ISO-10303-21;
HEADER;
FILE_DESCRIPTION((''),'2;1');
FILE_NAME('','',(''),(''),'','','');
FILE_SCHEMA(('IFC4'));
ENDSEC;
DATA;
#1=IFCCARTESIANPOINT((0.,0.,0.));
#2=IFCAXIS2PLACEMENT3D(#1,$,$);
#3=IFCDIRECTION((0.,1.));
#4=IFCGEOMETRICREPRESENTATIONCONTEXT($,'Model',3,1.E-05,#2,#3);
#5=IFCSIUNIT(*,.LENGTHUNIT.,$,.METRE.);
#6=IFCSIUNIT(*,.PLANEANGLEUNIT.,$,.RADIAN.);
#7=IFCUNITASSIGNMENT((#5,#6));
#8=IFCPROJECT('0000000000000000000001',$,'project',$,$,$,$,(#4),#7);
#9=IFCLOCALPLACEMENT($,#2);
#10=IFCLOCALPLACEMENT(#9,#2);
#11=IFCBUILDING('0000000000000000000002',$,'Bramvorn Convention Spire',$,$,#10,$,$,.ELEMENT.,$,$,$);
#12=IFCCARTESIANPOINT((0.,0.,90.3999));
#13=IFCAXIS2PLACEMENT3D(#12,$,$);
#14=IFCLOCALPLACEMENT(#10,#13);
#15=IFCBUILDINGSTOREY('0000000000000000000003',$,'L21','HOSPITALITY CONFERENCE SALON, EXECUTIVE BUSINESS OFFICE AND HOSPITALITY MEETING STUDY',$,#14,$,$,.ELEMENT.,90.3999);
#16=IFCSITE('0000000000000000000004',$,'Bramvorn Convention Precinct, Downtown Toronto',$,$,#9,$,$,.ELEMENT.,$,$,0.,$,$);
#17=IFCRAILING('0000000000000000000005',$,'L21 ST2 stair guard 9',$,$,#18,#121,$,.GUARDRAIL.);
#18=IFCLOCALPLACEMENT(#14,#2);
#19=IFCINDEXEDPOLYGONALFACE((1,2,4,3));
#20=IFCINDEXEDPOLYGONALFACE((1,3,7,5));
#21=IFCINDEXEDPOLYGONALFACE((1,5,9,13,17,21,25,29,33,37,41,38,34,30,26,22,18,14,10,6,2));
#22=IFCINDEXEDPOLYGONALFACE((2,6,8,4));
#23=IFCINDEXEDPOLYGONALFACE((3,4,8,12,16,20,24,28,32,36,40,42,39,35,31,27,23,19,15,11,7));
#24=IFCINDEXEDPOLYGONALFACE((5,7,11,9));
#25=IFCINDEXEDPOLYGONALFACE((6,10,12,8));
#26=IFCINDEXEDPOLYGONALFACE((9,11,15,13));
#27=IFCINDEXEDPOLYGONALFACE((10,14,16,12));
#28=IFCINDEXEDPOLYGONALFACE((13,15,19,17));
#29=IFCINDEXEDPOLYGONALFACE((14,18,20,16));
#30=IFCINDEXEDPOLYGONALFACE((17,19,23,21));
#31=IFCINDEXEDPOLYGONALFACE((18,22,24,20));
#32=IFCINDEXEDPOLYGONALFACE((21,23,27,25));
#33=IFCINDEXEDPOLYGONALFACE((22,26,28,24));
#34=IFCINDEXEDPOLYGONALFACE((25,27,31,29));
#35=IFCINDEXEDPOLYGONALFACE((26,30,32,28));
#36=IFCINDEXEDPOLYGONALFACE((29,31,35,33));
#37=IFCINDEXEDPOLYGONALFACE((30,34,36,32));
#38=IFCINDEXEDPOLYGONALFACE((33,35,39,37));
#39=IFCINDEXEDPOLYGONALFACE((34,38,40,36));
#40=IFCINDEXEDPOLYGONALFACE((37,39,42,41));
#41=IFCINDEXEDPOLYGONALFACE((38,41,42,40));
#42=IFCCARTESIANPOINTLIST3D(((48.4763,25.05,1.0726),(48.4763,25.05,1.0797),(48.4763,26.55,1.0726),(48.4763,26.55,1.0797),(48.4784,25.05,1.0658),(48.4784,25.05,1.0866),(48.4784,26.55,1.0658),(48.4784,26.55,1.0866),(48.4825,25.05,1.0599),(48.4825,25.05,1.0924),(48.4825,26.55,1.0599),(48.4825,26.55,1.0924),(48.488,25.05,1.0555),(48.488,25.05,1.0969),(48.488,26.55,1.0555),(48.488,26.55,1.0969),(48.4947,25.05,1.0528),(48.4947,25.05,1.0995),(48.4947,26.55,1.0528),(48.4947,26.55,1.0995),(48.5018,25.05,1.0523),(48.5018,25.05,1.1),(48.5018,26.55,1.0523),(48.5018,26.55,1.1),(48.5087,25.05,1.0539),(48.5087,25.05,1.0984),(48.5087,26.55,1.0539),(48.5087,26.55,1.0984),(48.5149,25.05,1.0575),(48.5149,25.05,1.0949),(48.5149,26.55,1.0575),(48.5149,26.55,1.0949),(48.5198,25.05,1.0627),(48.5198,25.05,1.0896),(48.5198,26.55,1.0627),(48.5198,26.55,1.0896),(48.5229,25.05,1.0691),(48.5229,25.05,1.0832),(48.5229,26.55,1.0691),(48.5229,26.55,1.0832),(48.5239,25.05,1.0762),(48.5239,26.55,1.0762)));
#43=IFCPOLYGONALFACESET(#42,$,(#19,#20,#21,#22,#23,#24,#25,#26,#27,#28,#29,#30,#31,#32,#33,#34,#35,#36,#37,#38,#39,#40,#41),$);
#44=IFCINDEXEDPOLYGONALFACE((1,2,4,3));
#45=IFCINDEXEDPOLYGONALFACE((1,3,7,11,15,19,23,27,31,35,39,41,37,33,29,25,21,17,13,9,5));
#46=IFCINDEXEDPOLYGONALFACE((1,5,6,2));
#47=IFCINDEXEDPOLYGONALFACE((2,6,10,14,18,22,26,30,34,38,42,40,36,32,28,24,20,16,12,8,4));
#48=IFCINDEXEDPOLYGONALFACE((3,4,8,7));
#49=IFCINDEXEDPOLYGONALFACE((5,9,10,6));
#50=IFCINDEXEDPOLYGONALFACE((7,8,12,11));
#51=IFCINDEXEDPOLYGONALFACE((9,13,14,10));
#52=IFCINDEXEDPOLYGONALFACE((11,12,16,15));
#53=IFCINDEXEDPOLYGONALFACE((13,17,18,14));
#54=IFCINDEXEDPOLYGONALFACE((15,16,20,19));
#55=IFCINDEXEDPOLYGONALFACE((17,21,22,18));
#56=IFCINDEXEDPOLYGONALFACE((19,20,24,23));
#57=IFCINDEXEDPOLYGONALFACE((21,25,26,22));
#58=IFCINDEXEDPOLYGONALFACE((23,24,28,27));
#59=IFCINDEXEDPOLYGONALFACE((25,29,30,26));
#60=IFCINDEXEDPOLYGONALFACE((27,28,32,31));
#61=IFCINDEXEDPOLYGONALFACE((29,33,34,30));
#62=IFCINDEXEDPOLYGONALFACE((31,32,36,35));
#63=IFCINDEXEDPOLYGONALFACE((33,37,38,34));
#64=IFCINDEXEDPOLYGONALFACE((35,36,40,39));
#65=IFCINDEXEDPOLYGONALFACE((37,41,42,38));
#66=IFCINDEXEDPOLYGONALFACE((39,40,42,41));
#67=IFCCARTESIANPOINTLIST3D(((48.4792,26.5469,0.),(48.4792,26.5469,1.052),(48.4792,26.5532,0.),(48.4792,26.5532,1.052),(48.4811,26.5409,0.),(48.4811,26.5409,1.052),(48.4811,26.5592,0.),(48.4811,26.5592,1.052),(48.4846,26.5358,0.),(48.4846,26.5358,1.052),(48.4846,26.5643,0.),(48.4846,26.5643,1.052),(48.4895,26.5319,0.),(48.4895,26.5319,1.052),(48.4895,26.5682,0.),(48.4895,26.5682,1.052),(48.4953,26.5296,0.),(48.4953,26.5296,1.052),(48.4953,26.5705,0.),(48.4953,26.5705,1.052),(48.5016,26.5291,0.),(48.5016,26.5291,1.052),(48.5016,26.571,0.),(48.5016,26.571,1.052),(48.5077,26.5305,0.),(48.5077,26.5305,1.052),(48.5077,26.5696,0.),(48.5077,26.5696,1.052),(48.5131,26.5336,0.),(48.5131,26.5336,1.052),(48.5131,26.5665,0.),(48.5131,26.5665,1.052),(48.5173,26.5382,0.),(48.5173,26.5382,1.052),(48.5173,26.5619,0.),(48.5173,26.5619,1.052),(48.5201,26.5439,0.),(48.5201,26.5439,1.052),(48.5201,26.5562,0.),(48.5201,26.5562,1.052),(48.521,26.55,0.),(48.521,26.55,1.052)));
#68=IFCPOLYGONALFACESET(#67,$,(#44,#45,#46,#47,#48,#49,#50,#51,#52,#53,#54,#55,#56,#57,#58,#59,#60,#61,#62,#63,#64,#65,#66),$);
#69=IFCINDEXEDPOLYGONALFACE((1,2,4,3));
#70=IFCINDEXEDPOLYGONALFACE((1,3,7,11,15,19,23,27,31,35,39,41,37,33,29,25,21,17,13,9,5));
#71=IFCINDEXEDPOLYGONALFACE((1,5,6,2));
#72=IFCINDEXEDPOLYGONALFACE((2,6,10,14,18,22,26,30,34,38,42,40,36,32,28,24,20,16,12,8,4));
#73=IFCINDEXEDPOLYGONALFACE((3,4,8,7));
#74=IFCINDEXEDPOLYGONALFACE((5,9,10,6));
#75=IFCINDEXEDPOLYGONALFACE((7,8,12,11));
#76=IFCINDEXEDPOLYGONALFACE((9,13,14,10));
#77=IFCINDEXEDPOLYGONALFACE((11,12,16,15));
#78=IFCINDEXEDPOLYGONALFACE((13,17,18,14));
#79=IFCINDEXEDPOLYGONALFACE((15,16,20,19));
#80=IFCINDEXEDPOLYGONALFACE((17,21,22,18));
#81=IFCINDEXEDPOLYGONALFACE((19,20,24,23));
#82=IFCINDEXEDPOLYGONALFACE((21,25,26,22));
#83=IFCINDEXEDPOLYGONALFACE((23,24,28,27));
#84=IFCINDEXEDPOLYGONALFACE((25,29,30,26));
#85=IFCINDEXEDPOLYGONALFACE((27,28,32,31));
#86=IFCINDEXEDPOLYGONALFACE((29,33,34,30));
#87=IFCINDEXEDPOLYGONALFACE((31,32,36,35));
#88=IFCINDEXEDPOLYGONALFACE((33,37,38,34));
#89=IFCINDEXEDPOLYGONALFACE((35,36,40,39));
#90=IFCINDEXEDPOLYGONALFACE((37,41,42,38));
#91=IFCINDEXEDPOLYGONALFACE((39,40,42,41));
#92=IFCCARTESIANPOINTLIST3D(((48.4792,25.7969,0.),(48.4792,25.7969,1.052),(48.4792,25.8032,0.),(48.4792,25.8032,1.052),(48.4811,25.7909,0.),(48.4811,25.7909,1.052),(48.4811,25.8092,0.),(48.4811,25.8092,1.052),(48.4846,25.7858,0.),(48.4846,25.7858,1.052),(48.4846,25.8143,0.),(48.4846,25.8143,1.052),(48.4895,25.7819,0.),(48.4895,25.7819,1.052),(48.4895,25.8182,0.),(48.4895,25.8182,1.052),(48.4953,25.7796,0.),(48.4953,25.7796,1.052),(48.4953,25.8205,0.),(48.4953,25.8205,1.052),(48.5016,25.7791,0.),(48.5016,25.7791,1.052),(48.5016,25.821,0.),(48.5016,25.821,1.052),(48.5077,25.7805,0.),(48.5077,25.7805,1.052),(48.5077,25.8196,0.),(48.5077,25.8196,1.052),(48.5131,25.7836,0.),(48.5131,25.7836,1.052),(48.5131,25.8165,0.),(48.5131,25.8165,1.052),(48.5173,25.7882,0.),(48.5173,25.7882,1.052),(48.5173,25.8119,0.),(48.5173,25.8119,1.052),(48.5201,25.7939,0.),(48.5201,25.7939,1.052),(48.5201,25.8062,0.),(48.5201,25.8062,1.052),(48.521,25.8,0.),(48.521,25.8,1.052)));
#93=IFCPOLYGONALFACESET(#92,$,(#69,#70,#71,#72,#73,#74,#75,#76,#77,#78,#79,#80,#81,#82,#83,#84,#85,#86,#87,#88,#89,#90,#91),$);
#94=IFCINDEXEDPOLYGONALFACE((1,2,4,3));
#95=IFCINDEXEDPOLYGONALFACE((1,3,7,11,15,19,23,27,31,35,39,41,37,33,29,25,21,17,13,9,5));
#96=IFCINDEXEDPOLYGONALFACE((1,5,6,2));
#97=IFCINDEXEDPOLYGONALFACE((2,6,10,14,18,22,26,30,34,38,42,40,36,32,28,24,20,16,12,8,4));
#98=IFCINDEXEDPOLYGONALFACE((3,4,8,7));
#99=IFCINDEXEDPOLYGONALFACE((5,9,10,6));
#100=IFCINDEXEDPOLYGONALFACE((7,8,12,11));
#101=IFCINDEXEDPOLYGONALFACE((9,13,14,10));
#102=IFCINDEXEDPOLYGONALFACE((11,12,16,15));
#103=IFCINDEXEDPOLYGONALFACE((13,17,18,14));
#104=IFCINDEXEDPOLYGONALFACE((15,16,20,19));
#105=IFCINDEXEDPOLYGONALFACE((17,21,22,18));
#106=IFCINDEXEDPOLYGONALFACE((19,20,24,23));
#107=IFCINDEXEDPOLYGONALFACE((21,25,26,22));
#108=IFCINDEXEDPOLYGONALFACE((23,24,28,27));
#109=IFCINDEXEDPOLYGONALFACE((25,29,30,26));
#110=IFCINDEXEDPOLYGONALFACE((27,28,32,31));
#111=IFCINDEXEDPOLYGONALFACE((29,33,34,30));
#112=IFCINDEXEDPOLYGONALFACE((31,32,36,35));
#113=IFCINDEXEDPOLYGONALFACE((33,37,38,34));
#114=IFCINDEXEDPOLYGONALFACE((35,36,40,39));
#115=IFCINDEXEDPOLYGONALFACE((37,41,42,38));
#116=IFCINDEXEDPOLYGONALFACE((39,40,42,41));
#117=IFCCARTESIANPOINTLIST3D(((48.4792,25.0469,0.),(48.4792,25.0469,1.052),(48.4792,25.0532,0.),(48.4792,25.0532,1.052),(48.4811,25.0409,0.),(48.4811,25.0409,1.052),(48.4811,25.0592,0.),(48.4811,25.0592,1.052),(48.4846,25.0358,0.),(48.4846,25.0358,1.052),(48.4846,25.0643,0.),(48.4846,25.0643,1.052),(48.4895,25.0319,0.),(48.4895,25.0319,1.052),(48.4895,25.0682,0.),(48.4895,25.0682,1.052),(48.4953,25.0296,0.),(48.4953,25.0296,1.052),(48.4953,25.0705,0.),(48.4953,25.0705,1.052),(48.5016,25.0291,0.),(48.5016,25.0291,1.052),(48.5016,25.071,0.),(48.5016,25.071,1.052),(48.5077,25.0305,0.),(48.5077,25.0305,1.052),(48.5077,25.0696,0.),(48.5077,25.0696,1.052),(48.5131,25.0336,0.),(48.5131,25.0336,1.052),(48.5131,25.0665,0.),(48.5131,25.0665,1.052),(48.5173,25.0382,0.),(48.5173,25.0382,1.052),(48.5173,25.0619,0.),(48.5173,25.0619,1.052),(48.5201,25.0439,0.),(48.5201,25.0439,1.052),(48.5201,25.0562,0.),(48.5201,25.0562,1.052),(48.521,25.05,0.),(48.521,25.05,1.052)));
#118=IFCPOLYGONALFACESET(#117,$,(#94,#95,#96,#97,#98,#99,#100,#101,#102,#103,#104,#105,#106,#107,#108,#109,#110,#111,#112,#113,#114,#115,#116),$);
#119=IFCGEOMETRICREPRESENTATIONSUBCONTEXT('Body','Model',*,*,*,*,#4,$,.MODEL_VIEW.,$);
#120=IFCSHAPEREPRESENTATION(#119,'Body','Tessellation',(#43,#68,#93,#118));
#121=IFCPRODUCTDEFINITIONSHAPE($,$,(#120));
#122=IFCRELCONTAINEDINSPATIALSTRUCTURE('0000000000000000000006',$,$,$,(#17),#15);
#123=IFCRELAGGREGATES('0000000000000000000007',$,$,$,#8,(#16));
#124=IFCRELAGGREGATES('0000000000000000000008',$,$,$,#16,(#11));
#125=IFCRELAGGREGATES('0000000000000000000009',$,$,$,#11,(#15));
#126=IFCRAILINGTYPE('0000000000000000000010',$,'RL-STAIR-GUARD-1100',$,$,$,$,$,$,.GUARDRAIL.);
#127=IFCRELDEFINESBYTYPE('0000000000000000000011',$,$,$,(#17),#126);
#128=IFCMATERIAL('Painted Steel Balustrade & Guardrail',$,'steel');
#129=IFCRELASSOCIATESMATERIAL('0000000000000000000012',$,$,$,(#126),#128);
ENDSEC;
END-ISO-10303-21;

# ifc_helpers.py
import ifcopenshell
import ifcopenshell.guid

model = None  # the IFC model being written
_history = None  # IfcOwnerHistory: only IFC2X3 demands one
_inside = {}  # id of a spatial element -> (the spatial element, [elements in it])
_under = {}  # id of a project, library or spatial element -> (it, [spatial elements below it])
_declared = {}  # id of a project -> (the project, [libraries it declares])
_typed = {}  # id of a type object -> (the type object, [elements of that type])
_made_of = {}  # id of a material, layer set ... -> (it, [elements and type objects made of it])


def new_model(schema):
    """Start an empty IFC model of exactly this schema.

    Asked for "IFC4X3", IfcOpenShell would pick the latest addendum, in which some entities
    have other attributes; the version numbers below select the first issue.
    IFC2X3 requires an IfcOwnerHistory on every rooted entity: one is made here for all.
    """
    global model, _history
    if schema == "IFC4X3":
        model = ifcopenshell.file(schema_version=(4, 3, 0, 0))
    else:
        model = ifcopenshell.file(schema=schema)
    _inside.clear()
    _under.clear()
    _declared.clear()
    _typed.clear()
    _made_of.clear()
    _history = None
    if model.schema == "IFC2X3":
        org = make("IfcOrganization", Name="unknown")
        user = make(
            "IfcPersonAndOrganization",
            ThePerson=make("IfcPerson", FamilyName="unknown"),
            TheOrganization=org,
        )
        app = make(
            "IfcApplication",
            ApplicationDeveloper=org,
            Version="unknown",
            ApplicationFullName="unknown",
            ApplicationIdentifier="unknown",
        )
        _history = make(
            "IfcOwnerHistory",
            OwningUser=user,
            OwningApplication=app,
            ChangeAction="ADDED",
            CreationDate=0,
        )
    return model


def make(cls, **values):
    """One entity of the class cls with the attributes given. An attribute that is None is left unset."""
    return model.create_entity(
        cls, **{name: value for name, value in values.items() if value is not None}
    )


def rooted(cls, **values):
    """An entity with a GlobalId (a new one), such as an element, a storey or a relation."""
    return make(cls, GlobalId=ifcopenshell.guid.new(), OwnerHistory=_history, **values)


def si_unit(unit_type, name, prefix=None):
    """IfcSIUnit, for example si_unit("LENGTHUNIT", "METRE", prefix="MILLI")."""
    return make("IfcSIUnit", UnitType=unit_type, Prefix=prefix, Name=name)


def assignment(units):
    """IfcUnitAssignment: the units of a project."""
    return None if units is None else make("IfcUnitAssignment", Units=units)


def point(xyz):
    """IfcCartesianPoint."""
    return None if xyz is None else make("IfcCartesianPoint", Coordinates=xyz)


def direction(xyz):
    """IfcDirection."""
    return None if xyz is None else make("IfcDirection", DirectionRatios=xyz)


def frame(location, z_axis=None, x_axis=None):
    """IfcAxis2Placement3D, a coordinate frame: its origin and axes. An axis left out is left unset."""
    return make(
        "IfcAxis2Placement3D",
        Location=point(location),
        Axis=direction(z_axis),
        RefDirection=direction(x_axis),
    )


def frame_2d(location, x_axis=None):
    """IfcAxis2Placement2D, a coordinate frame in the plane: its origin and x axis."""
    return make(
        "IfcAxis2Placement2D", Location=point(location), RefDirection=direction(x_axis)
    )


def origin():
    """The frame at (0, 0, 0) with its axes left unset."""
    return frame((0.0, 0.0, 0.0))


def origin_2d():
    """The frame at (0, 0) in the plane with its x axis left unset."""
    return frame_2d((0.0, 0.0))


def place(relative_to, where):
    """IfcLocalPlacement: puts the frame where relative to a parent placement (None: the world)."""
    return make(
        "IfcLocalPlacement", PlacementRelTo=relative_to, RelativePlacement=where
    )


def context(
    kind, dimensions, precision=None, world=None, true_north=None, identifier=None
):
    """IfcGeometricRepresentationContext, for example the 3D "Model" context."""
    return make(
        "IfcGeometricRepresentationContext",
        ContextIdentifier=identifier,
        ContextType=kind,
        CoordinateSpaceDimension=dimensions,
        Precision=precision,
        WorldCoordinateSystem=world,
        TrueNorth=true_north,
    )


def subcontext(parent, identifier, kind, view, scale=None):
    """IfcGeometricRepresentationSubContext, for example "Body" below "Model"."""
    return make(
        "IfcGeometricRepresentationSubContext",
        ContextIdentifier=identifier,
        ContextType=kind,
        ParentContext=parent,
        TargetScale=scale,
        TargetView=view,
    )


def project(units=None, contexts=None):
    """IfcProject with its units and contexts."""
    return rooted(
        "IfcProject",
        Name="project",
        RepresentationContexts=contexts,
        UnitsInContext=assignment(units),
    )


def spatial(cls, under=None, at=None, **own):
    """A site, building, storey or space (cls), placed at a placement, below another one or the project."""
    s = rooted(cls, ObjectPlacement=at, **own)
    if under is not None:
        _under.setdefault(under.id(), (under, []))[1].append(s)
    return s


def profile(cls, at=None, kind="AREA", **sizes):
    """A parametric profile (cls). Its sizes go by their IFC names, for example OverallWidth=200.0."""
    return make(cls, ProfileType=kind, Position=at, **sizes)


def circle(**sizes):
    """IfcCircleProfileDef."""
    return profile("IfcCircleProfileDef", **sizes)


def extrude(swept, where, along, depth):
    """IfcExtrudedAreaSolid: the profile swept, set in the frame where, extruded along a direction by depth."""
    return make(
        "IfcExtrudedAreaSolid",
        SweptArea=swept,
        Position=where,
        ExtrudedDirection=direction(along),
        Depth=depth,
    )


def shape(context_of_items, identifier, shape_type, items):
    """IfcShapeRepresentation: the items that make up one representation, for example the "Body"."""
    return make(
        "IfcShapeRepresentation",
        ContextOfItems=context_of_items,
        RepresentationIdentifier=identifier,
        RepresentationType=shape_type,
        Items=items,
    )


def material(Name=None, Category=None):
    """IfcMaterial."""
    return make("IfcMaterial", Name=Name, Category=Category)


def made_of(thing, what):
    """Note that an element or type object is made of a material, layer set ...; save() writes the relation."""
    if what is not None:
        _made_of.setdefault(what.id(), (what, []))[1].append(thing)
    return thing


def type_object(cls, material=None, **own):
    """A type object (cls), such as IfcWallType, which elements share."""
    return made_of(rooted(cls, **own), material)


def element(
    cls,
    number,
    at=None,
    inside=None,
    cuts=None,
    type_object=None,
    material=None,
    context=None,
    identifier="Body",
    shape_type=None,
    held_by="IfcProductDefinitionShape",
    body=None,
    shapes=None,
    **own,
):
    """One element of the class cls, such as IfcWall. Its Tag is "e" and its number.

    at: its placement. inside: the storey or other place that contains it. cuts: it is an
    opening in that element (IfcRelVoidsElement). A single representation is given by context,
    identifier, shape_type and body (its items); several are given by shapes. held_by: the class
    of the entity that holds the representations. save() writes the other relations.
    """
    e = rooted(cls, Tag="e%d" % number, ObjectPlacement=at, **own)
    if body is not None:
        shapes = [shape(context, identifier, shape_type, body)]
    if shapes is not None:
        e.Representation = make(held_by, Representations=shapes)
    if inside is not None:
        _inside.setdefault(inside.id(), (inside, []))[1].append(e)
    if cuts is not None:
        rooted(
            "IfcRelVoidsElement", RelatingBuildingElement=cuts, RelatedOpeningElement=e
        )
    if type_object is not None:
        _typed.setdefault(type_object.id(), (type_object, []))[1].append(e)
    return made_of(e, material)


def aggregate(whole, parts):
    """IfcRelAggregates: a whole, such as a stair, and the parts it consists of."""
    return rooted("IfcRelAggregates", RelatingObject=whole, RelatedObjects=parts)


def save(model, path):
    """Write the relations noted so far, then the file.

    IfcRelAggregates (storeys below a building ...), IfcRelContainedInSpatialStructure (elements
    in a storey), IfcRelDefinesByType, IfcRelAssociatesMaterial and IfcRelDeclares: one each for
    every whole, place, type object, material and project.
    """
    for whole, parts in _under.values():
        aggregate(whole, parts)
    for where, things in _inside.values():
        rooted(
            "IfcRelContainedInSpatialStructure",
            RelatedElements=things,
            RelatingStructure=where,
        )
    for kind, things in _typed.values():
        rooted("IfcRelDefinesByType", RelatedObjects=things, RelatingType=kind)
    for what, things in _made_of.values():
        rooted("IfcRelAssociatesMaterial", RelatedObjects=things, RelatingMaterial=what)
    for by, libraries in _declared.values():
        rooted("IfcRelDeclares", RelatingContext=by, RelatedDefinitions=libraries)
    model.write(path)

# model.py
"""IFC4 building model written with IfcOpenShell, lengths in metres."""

from ifc_helpers import new_model, si_unit, direction, frame, origin, origin_2d, place, context, subcontext, project, spatial, circle, extrude, material, type_object, element, save


model = new_model("IFC4")

# Units and contexts
model_context = context("Model", 3, precision=1e-05, world=origin(), true_north=direction((0.0, 1.0)))
body_context = subcontext(model_context, "Body", "Model", "MODEL_VIEW")
ifc_project = project(units=[si_unit("LENGTHUNIT", "METRE"), si_unit("PLANEANGLEUNIT", "RADIAN")], contexts=[model_context])

# Site, building, storey
site_placement = place(None, origin())
site = spatial("IfcSite", under=ifc_project, at=site_placement, Name="Bramvorn Convention Precinct, Downtown Toronto", CompositionType="ELEMENT", RefElevation=0.0)
building_placement = place(site_placement, origin())
building = spatial("IfcBuilding", under=site, at=building_placement, Name="Bramvorn Convention Spire", CompositionType="ELEMENT")
storey_placement = place(building_placement, frame((0.0, 0.0, 90.3999)))
storey = spatial("IfcBuildingStorey", under=building, at=storey_placement, Name="L21", Description="HOSPITALITY CONFERENCE SALON, EXECUTIVE BUSINESS OFFICE AND HOSPITALITY MEETING STUDY", CompositionType="ELEMENT", Elevation=90.3999)

# Railing
ifc_material_1 = material(Name="Painted Steel Balustrade & Guardrail", Category="steel")
railing_type_1 = type_object("IfcRailingType", Name="RL-STAIR-GUARD-1100", PredefinedType="GUARDRAIL", material=ifc_material_1)
railing_1_placement = place(storey_placement, frame((48.5, 26.55, 0.0)))
element("IfcRailing", 1, at=railing_1_placement, inside=storey, type_object=railing_type_1, Name="L21 ST2 stair guard 9", PredefinedType="GUARDRAIL", context=body_context, shape_type="SweptSolid", body=[
    extrude(circle(Radius=0.0239, at=origin_2d()), frame((0.0, 0.0, 1.0762), z_axis=(0.0, -1.0, 0.0), x_axis=(1.0, 0.0, 0.0)), (0.0, 0.0, 1.0), 1.5),
    extrude(circle(Radius=0.021, at=origin_2d()), origin(), (0.0, 0.0, 1.0), 1.052),
    extrude(circle(Radius=0.021, at=origin_2d()), frame((0.0, -0.75, 0.0)), (0.0, 0.0, 1.0), 1.052),
    extrude(circle(Radius=0.021, at=origin_2d()), frame((0.0, -1.5, 0.0)), (0.0, 0.0, 1.0), 1.052),
])

save(model, "model.ifc")
